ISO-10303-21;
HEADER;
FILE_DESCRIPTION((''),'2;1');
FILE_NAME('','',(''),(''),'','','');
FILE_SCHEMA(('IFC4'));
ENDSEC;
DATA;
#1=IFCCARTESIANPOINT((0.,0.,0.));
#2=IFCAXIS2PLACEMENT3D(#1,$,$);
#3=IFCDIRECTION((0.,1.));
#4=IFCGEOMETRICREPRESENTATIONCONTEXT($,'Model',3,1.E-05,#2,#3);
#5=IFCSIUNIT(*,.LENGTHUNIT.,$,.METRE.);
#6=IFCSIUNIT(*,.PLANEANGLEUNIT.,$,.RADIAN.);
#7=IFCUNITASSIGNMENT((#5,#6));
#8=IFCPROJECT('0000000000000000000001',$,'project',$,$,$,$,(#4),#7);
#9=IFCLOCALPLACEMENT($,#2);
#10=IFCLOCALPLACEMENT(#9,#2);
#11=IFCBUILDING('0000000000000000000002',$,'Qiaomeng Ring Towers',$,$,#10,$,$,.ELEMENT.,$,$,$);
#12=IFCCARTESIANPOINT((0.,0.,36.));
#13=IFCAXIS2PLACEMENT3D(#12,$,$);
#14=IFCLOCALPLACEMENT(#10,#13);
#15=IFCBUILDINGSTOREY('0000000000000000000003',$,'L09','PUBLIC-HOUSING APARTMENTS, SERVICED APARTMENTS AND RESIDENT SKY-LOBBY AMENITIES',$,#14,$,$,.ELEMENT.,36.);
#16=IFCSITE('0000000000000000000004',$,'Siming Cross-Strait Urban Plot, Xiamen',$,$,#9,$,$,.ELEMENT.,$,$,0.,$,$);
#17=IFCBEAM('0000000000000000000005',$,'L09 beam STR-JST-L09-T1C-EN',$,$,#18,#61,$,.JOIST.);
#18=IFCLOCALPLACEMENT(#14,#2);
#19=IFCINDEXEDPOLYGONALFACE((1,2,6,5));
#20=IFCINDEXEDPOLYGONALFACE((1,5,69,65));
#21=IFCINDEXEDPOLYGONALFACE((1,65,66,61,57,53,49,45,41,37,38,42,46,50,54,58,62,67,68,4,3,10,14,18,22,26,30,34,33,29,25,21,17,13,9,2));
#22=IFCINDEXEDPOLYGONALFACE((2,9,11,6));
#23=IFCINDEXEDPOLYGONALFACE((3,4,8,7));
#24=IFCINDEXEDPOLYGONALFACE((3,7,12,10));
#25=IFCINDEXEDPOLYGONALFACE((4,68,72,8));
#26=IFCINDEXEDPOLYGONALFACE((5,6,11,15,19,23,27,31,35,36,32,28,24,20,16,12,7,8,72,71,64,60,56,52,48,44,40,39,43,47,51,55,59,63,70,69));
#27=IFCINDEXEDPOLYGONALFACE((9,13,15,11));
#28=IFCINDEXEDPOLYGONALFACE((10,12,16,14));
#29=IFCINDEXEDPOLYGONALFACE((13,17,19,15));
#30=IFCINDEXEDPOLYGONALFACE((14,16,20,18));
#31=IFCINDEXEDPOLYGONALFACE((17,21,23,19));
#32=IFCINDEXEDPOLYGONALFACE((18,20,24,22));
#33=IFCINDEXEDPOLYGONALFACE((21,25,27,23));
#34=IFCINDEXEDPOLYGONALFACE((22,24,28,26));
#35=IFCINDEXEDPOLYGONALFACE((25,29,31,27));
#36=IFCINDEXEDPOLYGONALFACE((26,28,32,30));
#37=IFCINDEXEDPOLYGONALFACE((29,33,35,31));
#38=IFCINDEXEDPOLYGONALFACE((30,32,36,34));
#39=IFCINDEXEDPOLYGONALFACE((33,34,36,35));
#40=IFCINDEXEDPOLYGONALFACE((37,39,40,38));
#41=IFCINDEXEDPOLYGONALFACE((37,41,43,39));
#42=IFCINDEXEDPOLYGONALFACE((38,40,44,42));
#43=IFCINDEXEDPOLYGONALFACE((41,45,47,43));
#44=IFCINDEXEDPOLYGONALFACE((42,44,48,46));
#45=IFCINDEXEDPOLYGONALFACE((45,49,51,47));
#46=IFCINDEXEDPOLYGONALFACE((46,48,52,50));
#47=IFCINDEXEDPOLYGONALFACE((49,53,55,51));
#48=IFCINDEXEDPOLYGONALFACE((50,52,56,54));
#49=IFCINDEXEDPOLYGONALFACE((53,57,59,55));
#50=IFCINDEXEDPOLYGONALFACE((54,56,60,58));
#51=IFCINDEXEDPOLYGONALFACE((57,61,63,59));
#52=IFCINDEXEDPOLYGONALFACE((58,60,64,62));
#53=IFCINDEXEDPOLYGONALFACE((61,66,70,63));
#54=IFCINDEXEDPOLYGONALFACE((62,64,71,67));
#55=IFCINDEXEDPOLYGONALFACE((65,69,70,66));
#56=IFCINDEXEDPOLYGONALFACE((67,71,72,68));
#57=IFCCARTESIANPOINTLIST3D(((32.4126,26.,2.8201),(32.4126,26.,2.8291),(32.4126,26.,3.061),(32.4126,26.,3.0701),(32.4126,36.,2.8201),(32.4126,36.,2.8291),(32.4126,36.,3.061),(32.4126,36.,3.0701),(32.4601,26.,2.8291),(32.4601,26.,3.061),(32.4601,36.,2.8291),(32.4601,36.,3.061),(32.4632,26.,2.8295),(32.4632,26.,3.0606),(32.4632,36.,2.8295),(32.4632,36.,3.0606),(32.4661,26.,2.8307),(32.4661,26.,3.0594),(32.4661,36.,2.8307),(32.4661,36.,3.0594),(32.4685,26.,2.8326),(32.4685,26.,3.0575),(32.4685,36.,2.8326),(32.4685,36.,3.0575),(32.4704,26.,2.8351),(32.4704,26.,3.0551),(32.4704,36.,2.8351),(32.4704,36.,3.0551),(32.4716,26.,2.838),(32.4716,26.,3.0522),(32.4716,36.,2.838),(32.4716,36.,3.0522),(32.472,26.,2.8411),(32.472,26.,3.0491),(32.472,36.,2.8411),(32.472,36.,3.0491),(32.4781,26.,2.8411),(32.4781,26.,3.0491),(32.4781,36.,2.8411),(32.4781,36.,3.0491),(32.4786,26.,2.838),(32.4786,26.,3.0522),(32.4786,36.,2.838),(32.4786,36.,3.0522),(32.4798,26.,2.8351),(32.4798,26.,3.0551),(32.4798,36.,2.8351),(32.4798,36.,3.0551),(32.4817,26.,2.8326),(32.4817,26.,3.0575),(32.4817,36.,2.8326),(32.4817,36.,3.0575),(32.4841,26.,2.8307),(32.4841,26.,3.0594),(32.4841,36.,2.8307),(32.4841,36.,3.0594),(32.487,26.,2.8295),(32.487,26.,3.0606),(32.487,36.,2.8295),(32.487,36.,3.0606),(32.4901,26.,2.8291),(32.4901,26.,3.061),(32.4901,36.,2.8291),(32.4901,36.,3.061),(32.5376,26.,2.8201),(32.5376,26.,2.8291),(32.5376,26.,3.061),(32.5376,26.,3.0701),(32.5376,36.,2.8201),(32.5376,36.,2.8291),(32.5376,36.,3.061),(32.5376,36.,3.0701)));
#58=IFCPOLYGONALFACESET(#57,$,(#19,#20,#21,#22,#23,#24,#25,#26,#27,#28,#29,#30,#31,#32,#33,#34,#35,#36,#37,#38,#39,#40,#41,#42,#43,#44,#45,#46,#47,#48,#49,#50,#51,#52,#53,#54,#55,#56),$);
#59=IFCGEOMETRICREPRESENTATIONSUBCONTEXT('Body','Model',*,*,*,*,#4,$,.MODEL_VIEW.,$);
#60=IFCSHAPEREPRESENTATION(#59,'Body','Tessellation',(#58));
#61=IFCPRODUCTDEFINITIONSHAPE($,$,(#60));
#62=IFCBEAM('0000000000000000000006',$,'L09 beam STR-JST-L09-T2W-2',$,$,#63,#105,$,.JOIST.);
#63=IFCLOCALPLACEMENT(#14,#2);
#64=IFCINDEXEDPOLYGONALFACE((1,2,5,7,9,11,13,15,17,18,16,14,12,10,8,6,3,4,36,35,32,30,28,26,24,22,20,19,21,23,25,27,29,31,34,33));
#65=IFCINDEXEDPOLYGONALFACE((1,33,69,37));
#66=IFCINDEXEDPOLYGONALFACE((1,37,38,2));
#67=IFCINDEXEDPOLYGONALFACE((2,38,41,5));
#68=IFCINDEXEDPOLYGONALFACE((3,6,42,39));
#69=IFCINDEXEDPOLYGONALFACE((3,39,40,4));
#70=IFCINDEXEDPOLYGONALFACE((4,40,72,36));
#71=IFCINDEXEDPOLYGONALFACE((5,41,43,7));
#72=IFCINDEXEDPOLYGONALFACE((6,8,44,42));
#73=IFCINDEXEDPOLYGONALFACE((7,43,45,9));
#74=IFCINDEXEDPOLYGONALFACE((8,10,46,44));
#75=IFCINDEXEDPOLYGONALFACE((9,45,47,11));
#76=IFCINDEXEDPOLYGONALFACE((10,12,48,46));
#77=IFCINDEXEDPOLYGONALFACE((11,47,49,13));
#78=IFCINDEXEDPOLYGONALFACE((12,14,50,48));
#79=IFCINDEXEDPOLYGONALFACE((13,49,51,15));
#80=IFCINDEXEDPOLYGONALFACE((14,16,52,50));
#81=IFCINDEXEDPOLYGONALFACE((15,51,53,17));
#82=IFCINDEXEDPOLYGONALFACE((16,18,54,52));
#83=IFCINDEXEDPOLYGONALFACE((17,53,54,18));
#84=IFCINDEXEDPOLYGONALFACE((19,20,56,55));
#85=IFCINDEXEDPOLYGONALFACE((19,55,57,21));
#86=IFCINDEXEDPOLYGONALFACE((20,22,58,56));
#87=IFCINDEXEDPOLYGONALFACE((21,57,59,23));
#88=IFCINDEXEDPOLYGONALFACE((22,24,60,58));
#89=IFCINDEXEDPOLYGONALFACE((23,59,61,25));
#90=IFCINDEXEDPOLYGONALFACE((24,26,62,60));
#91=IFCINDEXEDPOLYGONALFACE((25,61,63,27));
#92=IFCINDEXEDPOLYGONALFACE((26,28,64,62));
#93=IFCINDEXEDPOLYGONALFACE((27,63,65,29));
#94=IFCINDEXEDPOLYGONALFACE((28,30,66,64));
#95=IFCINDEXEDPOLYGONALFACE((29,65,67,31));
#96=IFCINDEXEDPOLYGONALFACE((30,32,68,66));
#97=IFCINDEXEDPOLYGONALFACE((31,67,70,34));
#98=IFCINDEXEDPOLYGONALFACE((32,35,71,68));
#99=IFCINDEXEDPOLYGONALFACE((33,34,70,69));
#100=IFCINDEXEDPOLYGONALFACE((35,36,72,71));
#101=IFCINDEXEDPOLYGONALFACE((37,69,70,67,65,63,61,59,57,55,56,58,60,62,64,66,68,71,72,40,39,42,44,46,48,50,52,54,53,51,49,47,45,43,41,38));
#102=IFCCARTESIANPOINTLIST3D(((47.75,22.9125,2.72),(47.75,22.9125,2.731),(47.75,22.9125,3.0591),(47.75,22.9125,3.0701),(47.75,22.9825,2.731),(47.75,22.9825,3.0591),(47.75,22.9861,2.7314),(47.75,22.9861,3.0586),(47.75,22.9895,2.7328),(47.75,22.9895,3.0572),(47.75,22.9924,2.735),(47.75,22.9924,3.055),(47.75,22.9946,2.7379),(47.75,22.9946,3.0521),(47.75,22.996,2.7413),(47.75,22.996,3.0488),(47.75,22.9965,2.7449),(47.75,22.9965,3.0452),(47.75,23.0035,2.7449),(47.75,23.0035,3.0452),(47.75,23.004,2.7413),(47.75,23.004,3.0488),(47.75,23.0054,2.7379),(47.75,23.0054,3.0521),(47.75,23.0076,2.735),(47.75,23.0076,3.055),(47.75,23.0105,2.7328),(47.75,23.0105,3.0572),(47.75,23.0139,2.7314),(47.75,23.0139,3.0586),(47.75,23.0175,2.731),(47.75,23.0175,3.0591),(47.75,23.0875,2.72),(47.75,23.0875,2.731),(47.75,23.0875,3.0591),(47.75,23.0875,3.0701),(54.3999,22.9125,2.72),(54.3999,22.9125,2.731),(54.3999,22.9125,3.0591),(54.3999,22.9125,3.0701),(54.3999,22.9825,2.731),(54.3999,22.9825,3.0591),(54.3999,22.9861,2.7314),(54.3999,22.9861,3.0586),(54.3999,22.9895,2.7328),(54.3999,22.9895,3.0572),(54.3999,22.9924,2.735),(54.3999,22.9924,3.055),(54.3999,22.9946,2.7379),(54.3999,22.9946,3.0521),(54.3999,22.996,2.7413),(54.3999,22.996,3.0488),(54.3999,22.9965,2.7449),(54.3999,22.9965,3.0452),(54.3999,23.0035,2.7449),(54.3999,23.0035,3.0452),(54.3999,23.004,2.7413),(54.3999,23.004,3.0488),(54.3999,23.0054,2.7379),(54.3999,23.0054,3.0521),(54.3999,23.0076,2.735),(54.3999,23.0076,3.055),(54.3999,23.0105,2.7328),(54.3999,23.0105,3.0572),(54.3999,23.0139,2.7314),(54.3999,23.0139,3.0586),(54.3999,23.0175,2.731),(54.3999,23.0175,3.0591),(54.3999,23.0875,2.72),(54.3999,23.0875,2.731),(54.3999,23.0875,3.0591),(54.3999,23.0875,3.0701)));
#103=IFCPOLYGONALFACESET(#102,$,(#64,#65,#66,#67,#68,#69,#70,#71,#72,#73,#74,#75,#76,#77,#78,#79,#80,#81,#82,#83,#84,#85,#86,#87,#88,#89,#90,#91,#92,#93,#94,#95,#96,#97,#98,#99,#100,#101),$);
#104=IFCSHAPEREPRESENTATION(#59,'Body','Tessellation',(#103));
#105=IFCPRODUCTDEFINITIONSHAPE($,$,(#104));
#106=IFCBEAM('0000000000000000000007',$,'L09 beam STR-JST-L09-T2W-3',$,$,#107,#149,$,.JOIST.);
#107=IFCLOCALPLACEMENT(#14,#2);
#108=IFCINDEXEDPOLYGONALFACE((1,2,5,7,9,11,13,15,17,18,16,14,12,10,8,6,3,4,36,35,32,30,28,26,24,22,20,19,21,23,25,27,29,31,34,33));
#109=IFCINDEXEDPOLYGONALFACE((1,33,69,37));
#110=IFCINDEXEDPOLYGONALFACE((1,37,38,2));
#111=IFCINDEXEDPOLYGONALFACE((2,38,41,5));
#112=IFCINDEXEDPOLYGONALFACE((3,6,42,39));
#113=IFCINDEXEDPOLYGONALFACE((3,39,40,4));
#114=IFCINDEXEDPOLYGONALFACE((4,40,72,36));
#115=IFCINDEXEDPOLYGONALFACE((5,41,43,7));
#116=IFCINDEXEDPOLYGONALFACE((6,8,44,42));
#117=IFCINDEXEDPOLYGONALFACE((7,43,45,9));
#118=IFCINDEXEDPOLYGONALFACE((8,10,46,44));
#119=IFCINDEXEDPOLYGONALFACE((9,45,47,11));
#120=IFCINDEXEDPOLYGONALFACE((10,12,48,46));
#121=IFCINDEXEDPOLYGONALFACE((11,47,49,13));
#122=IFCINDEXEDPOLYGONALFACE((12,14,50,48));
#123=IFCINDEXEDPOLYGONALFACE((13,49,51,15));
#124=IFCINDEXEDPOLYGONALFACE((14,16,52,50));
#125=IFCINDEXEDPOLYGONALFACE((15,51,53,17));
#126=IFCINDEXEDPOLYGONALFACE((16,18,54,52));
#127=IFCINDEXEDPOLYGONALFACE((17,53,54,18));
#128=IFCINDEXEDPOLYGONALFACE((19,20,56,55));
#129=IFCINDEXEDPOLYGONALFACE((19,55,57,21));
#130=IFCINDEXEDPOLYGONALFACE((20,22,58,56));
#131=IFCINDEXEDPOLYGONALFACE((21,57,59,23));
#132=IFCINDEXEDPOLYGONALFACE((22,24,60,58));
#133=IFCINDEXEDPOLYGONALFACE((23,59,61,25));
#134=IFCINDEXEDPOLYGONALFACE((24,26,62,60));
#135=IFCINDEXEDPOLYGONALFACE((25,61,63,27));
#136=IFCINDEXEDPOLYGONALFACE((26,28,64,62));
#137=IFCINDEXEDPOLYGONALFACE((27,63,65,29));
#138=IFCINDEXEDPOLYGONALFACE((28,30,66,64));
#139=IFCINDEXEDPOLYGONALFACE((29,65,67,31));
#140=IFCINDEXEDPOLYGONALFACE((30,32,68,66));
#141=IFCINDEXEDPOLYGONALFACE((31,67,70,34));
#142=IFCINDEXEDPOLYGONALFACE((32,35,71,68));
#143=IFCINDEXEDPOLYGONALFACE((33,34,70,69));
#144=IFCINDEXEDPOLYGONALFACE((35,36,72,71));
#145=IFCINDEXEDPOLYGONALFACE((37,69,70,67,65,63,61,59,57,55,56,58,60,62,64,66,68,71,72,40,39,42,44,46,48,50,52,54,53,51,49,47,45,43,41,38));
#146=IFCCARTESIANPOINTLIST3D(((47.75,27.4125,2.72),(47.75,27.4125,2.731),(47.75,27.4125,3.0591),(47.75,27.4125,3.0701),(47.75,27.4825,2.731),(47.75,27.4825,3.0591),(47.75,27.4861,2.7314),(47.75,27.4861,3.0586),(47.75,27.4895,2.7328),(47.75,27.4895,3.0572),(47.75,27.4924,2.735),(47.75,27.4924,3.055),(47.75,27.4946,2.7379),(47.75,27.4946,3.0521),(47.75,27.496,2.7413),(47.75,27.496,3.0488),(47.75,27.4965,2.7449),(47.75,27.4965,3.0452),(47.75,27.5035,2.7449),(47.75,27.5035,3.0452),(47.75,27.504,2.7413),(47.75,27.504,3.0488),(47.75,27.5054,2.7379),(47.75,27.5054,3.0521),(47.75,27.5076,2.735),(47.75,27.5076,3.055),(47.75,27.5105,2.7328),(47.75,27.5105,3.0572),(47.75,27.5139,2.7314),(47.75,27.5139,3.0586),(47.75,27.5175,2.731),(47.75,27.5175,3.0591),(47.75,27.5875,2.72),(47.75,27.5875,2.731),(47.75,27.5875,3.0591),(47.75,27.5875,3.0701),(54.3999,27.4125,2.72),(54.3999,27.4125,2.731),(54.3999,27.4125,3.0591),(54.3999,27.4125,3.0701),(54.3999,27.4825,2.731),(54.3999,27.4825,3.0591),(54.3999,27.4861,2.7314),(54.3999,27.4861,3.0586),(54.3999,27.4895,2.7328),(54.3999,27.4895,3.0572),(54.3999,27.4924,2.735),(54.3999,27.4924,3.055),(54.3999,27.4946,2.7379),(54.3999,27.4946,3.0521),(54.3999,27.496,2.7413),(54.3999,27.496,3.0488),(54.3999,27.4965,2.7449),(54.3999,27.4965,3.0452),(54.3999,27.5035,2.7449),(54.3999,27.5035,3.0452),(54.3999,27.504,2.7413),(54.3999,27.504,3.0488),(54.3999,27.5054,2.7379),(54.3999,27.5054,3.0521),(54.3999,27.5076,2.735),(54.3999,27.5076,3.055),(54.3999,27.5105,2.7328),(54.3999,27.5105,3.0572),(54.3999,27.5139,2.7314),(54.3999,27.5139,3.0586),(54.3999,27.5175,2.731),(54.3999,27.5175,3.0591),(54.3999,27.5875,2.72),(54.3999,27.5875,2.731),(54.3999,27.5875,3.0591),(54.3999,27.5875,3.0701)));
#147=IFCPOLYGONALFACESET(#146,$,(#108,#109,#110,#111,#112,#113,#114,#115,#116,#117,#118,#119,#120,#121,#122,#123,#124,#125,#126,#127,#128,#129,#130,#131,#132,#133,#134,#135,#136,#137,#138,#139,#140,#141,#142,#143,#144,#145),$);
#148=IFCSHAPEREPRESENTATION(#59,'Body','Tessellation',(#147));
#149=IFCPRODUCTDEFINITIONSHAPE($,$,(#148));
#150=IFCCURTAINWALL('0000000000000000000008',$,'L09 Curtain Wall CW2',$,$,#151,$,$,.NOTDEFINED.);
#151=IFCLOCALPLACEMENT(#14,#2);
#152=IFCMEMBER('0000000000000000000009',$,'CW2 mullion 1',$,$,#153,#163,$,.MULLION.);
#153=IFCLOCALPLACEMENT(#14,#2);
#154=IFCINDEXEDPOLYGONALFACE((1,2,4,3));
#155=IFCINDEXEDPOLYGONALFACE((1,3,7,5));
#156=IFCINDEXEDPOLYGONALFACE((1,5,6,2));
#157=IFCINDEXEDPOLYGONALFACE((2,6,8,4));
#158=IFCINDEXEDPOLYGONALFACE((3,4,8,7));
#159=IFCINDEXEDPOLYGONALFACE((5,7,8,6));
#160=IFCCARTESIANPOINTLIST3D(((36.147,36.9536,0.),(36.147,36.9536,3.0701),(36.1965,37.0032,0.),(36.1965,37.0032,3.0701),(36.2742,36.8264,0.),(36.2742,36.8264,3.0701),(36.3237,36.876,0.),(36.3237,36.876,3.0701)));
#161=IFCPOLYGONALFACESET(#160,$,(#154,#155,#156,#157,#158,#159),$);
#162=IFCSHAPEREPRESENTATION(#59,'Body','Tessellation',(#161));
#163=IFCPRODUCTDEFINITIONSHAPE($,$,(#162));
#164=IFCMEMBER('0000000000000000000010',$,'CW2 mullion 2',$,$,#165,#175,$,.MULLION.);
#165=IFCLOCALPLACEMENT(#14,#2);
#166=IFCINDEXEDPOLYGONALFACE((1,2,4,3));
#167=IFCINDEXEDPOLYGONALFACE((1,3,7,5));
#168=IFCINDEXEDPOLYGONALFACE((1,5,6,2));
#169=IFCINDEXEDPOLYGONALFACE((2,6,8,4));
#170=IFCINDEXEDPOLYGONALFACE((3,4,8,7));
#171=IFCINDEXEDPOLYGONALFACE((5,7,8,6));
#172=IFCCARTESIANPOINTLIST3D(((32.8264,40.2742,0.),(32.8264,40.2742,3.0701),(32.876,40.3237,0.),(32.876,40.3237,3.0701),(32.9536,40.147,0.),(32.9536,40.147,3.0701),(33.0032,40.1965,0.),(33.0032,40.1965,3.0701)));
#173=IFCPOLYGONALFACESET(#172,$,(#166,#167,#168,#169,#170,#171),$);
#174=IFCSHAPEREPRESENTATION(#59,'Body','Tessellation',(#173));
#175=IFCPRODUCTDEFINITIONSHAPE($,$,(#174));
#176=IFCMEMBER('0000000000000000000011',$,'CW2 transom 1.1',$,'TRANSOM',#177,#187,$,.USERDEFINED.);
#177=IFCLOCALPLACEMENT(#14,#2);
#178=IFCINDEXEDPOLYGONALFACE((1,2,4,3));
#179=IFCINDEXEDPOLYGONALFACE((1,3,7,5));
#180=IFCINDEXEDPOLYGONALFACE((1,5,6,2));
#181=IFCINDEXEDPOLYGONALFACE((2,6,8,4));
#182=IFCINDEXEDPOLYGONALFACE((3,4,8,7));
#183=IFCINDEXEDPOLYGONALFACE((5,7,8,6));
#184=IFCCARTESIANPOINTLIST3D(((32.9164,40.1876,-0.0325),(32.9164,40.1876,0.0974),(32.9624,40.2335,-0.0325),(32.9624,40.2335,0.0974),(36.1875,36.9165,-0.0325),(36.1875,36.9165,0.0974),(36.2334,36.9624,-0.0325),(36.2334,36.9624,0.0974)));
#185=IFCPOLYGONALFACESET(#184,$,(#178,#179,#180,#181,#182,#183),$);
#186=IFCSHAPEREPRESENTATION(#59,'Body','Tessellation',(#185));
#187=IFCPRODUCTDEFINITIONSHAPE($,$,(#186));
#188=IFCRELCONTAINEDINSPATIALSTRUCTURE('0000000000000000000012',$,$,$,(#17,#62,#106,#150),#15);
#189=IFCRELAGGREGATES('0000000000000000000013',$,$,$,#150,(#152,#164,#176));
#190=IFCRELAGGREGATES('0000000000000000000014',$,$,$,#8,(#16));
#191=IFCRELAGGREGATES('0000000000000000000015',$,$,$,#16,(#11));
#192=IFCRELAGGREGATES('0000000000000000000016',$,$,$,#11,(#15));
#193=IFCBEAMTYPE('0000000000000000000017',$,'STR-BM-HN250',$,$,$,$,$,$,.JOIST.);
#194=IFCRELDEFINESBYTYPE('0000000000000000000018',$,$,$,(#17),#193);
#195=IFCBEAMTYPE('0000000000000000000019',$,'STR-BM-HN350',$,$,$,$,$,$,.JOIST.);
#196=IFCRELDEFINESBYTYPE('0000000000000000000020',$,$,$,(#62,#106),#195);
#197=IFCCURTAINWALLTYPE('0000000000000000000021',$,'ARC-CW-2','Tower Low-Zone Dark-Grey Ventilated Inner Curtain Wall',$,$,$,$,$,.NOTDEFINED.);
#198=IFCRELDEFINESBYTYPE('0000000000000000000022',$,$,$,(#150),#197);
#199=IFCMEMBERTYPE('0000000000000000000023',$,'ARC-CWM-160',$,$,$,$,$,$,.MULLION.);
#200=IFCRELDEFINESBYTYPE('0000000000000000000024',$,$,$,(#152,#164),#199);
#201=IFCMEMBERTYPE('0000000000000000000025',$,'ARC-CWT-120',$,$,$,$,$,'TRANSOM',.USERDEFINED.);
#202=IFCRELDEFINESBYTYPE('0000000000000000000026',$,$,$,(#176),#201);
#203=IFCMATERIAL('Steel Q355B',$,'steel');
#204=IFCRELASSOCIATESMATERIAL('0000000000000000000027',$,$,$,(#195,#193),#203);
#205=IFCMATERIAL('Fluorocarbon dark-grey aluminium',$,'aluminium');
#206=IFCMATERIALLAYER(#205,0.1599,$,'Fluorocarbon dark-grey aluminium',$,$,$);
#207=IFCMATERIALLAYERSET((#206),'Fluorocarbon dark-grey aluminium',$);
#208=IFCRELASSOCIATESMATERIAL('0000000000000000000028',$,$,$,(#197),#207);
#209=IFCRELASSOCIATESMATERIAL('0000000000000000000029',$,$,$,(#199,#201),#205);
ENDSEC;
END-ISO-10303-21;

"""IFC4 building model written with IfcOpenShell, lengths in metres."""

from ifc_helpers import new_model, si_unit, direction, frame, origin, origin_2d, place, context, subcontext, project, spatial, rectangle, i_section, extrude, source, transform, mapped, material, layer, layer_set, material_profile, profile_set, type_object, element, aggregate, save


model = new_model("IFC4")

# Units and contexts
model_context = context("Model", 3, precision=1e-05, world=origin(), true_north=direction((0.0, 1.0)))
body_context = subcontext(model_context, "Body", "Model", "MODEL_VIEW")
ifc_project = project(units=[si_unit("LENGTHUNIT", "METRE"), si_unit("PLANEANGLEUNIT", "RADIAN")], contexts=[model_context])

# Site, building, storey
site_placement = place(None, origin())
site = spatial("IfcSite", under=ifc_project, at=site_placement, Name="Siming Cross-Strait Urban Plot, Xiamen", CompositionType="ELEMENT", RefElevation=0.0)
building_placement = place(site_placement, origin())
building = spatial("IfcBuilding", under=site, at=building_placement, Name="Qiaomeng Ring Towers", CompositionType="ELEMENT")
storey_placement = place(building_placement, frame((0.0, 0.0, 36.0)))
storey = spatial("IfcBuildingStorey", under=building, at=storey_placement, Name="L09", Description="PUBLIC-HOUSING APARTMENTS, SERVICED APARTMENTS AND RESIDENT SKY-LOBBY AMENITIES", CompositionType="ELEMENT", Elevation=36.0)

# Beams
ifc_material_1 = material(Name="Steel Q355B", Category="steel")
ifc_material_profile_1 = material_profile(ifc_material_1, i_section(OverallWidth=0.175, OverallDepth=0.3501, WebThickness=0.0071, FlangeThickness=0.011, FilletRadius=0.0139, at=origin_2d()), Name="HN 350x175x7x11")
ifc_profile_set_1 = profile_set([ifc_material_profile_1], Name="Steel Q355B")
beam_type_1 = type_object("IfcBeamType", Name="STR-BM-HN350", PredefinedType="JOIST", material=ifc_profile_set_1)
ifc_material_profile_2 = material_profile(ifc_material_1, i_section(OverallWidth=0.125, OverallDepth=0.25, WebThickness=0.0061, FlangeThickness=0.009, FilletRadius=0.012, at=origin_2d()), Name="HN 250x125x6x9")
ifc_profile_set_2 = profile_set([ifc_material_profile_2], Name="Steel Q355B")
beam_type_2 = type_object("IfcBeamType", Name="STR-BM-HN250", PredefinedType="JOIST", material=ifc_profile_set_2)
shared_shape_1 = source(origin(), body_context, "Body", "SweptSolid", [
    extrude(i_section(OverallWidth=0.125, OverallDepth=0.25, WebThickness=0.0061, FlangeThickness=0.009, FilletRadius=0.012, at=origin_2d()), origin(), (0.0, 0.0, 1.0), 10.0),
])
beam_1_placement = place(storey_placement, frame((32.4751, 26.0, 2.9451), z_axis=(0.0, 1.0, 0.0), x_axis=(-1.0, 0.0, 0.0)))
element("IfcBeam", 1, at=beam_1_placement, inside=storey, type_object=beam_type_2, Name="L09 beam STR-JST-L09-T1C-EN", PredefinedType="JOIST", context=body_context, shape_type="MappedRepresentation", body=[
    mapped(shared_shape_1, transform((0.0, 0.0, 0.0), x_axis=(1.0, 0.0, 0.0), y_axis=(0.0, 1.0, 0.0), z_axis=(0.0, 0.0, 1.0), scale=1.0)),
])
shared_shape_2 = source(origin(), body_context, "Body", "SweptSolid", [
    extrude(i_section(OverallWidth=0.175, OverallDepth=0.3501, WebThickness=0.0071, FlangeThickness=0.011, FilletRadius=0.0139, at=origin_2d()), origin(), (0.0, 0.0, 1.0), 6.6499),
])
for number, where, z_axis, x_axis, name in (
    (2, (47.75, 23.0, 2.895), (1.0, 0.0, 0.0), (0.0, 1.0, 0.0), "L09 beam STR-JST-L09-T2W-2"),
    (3, (47.75, 27.5, 2.895), (1.0, 0.0, 0.0), (0.0, 1.0, 0.0), "L09 beam STR-JST-L09-T2W-3"),
):
    element("IfcBeam", number, at=place(storey_placement, frame(where, z_axis=z_axis, x_axis=x_axis)), inside=storey, type_object=beam_type_1, Name=name, PredefinedType="JOIST", context=body_context, shape_type="MappedRepresentation", body=[
        mapped(shared_shape_2, transform((0.0, 0.0, 0.0), x_axis=(1.0, 0.0, 0.0), y_axis=(0.0, 1.0, 0.0), z_axis=(0.0, 0.0, 1.0), scale=1.0)),
    ])

# Curtain wall, members
ifc_material_2 = material(Name="Fluorocarbon dark-grey aluminium", Category="aluminium")
ifc_layer_1 = layer(ifc_material_2, 0.1599, Name="Fluorocarbon dark-grey aluminium")
ifc_layer_set_1 = layer_set([ifc_layer_1], Name="Fluorocarbon dark-grey aluminium")
curtain_wall_type = type_object("IfcCurtainWallType", Name="ARC-CW-2", Description="Tower Low-Zone Dark-Grey Ventilated Inner Curtain Wall", PredefinedType="NOTDEFINED", material=ifc_layer_set_1)
curtain_wall_placement = place(storey_placement, origin())
curtain_wall = element("IfcCurtainWall", 4, at=curtain_wall_placement, inside=storey, type_object=curtain_wall_type, Name="L09 Curtain Wall CW2", PredefinedType="NOTDEFINED")
ifc_material_profile_3 = material_profile(ifc_material_2, rectangle(XDim=0.0701, YDim=0.1799, at=origin_2d()), Name="ALU MULL 70x180")
ifc_profile_set_3 = profile_set([ifc_material_profile_3], Name="Fluorocarbon dark-grey aluminium")
member_type_1 = type_object("IfcMemberType", Name="ARC-CWM-160", PredefinedType="MULLION", material=ifc_profile_set_3)
shared_shape_3 = source(origin(), body_context, "Body", "SweptSolid", [
    extrude(rectangle(XDim=0.0701, YDim=0.1799, at=origin_2d()), origin(), (0.0, 0.0, 1.0), 3.0701),
])
member_1_placement = place(storey_placement, frame((36.2354, 36.9148, 0.0), z_axis=(0.0, 0.0, 1.0), x_axis=(-0.707107, -0.707107, 0.0)))
member_1 = element("IfcMember", 5, at=member_1_placement, type_object=member_type_1, Name="CW2 mullion 1", PredefinedType="MULLION", context=body_context, shape_type="MappedRepresentation", body=[
    mapped(shared_shape_3, transform((0.0, 0.0, 0.0), x_axis=(1.0, 0.0, 0.0), y_axis=(0.0, 1.0, 0.0), z_axis=(0.0, 0.0, 1.0), scale=1.0)),
])
member_2_placement = place(storey_placement, frame((32.9148, 40.2354, 0.0), z_axis=(0.0, 0.0, 1.0), x_axis=(-0.707107, -0.707107, 0.0)))
member_2 = element("IfcMember", 6, at=member_2_placement, type_object=member_type_1, Name="CW2 mullion 2", PredefinedType="MULLION", context=body_context, shape_type="MappedRepresentation", body=[
    mapped(shared_shape_3, transform((0.0, 0.0, 0.0), x_axis=(1.0, 0.0, 0.0), y_axis=(0.0, 1.0, 0.0), z_axis=(0.0, 0.0, 1.0), scale=1.0)),
])
ifc_material_profile_4 = material_profile(ifc_material_2, rectangle(XDim=0.0649, YDim=0.1299, at=origin_2d()), Name="ALU TRAN 65x130")
ifc_profile_set_4 = profile_set([ifc_material_profile_4], Name="Fluorocarbon dark-grey aluminium")
member_type_2 = type_object("IfcMemberType", Name="ARC-CWT-120", ElementType="TRANSOM", PredefinedType="USERDEFINED", material=ifc_profile_set_4)
shared_shape_4 = source(origin(), body_context, "Body", "SweptSolid", [
    extrude(rectangle(XDim=0.0649, YDim=0.1299, at=origin_2d()), origin(), (0.0, 0.0, 1.0), 4.626),
])
member_3_placement = place(storey_placement, frame((36.2104, 36.9395, 0.0325), z_axis=(-0.707107, 0.707107, 0.0), x_axis=(-0.707107, -0.707107, 0.0)))
member_3 = element("IfcMember", 7, at=member_3_placement, type_object=member_type_2, Name="CW2 transom 1.1", ObjectType="TRANSOM", PredefinedType="USERDEFINED", context=body_context, shape_type="MappedRepresentation", body=[
    mapped(shared_shape_4, transform((0.0, 0.0, 0.0), x_axis=(1.0, 0.0, 0.0), y_axis=(0.0, 1.0, 0.0), z_axis=(0.0, 0.0, 1.0), scale=1.0)),
])
aggregate(curtain_wall, [member_1, member_2, member_3])

save(model, "model.ifc")
